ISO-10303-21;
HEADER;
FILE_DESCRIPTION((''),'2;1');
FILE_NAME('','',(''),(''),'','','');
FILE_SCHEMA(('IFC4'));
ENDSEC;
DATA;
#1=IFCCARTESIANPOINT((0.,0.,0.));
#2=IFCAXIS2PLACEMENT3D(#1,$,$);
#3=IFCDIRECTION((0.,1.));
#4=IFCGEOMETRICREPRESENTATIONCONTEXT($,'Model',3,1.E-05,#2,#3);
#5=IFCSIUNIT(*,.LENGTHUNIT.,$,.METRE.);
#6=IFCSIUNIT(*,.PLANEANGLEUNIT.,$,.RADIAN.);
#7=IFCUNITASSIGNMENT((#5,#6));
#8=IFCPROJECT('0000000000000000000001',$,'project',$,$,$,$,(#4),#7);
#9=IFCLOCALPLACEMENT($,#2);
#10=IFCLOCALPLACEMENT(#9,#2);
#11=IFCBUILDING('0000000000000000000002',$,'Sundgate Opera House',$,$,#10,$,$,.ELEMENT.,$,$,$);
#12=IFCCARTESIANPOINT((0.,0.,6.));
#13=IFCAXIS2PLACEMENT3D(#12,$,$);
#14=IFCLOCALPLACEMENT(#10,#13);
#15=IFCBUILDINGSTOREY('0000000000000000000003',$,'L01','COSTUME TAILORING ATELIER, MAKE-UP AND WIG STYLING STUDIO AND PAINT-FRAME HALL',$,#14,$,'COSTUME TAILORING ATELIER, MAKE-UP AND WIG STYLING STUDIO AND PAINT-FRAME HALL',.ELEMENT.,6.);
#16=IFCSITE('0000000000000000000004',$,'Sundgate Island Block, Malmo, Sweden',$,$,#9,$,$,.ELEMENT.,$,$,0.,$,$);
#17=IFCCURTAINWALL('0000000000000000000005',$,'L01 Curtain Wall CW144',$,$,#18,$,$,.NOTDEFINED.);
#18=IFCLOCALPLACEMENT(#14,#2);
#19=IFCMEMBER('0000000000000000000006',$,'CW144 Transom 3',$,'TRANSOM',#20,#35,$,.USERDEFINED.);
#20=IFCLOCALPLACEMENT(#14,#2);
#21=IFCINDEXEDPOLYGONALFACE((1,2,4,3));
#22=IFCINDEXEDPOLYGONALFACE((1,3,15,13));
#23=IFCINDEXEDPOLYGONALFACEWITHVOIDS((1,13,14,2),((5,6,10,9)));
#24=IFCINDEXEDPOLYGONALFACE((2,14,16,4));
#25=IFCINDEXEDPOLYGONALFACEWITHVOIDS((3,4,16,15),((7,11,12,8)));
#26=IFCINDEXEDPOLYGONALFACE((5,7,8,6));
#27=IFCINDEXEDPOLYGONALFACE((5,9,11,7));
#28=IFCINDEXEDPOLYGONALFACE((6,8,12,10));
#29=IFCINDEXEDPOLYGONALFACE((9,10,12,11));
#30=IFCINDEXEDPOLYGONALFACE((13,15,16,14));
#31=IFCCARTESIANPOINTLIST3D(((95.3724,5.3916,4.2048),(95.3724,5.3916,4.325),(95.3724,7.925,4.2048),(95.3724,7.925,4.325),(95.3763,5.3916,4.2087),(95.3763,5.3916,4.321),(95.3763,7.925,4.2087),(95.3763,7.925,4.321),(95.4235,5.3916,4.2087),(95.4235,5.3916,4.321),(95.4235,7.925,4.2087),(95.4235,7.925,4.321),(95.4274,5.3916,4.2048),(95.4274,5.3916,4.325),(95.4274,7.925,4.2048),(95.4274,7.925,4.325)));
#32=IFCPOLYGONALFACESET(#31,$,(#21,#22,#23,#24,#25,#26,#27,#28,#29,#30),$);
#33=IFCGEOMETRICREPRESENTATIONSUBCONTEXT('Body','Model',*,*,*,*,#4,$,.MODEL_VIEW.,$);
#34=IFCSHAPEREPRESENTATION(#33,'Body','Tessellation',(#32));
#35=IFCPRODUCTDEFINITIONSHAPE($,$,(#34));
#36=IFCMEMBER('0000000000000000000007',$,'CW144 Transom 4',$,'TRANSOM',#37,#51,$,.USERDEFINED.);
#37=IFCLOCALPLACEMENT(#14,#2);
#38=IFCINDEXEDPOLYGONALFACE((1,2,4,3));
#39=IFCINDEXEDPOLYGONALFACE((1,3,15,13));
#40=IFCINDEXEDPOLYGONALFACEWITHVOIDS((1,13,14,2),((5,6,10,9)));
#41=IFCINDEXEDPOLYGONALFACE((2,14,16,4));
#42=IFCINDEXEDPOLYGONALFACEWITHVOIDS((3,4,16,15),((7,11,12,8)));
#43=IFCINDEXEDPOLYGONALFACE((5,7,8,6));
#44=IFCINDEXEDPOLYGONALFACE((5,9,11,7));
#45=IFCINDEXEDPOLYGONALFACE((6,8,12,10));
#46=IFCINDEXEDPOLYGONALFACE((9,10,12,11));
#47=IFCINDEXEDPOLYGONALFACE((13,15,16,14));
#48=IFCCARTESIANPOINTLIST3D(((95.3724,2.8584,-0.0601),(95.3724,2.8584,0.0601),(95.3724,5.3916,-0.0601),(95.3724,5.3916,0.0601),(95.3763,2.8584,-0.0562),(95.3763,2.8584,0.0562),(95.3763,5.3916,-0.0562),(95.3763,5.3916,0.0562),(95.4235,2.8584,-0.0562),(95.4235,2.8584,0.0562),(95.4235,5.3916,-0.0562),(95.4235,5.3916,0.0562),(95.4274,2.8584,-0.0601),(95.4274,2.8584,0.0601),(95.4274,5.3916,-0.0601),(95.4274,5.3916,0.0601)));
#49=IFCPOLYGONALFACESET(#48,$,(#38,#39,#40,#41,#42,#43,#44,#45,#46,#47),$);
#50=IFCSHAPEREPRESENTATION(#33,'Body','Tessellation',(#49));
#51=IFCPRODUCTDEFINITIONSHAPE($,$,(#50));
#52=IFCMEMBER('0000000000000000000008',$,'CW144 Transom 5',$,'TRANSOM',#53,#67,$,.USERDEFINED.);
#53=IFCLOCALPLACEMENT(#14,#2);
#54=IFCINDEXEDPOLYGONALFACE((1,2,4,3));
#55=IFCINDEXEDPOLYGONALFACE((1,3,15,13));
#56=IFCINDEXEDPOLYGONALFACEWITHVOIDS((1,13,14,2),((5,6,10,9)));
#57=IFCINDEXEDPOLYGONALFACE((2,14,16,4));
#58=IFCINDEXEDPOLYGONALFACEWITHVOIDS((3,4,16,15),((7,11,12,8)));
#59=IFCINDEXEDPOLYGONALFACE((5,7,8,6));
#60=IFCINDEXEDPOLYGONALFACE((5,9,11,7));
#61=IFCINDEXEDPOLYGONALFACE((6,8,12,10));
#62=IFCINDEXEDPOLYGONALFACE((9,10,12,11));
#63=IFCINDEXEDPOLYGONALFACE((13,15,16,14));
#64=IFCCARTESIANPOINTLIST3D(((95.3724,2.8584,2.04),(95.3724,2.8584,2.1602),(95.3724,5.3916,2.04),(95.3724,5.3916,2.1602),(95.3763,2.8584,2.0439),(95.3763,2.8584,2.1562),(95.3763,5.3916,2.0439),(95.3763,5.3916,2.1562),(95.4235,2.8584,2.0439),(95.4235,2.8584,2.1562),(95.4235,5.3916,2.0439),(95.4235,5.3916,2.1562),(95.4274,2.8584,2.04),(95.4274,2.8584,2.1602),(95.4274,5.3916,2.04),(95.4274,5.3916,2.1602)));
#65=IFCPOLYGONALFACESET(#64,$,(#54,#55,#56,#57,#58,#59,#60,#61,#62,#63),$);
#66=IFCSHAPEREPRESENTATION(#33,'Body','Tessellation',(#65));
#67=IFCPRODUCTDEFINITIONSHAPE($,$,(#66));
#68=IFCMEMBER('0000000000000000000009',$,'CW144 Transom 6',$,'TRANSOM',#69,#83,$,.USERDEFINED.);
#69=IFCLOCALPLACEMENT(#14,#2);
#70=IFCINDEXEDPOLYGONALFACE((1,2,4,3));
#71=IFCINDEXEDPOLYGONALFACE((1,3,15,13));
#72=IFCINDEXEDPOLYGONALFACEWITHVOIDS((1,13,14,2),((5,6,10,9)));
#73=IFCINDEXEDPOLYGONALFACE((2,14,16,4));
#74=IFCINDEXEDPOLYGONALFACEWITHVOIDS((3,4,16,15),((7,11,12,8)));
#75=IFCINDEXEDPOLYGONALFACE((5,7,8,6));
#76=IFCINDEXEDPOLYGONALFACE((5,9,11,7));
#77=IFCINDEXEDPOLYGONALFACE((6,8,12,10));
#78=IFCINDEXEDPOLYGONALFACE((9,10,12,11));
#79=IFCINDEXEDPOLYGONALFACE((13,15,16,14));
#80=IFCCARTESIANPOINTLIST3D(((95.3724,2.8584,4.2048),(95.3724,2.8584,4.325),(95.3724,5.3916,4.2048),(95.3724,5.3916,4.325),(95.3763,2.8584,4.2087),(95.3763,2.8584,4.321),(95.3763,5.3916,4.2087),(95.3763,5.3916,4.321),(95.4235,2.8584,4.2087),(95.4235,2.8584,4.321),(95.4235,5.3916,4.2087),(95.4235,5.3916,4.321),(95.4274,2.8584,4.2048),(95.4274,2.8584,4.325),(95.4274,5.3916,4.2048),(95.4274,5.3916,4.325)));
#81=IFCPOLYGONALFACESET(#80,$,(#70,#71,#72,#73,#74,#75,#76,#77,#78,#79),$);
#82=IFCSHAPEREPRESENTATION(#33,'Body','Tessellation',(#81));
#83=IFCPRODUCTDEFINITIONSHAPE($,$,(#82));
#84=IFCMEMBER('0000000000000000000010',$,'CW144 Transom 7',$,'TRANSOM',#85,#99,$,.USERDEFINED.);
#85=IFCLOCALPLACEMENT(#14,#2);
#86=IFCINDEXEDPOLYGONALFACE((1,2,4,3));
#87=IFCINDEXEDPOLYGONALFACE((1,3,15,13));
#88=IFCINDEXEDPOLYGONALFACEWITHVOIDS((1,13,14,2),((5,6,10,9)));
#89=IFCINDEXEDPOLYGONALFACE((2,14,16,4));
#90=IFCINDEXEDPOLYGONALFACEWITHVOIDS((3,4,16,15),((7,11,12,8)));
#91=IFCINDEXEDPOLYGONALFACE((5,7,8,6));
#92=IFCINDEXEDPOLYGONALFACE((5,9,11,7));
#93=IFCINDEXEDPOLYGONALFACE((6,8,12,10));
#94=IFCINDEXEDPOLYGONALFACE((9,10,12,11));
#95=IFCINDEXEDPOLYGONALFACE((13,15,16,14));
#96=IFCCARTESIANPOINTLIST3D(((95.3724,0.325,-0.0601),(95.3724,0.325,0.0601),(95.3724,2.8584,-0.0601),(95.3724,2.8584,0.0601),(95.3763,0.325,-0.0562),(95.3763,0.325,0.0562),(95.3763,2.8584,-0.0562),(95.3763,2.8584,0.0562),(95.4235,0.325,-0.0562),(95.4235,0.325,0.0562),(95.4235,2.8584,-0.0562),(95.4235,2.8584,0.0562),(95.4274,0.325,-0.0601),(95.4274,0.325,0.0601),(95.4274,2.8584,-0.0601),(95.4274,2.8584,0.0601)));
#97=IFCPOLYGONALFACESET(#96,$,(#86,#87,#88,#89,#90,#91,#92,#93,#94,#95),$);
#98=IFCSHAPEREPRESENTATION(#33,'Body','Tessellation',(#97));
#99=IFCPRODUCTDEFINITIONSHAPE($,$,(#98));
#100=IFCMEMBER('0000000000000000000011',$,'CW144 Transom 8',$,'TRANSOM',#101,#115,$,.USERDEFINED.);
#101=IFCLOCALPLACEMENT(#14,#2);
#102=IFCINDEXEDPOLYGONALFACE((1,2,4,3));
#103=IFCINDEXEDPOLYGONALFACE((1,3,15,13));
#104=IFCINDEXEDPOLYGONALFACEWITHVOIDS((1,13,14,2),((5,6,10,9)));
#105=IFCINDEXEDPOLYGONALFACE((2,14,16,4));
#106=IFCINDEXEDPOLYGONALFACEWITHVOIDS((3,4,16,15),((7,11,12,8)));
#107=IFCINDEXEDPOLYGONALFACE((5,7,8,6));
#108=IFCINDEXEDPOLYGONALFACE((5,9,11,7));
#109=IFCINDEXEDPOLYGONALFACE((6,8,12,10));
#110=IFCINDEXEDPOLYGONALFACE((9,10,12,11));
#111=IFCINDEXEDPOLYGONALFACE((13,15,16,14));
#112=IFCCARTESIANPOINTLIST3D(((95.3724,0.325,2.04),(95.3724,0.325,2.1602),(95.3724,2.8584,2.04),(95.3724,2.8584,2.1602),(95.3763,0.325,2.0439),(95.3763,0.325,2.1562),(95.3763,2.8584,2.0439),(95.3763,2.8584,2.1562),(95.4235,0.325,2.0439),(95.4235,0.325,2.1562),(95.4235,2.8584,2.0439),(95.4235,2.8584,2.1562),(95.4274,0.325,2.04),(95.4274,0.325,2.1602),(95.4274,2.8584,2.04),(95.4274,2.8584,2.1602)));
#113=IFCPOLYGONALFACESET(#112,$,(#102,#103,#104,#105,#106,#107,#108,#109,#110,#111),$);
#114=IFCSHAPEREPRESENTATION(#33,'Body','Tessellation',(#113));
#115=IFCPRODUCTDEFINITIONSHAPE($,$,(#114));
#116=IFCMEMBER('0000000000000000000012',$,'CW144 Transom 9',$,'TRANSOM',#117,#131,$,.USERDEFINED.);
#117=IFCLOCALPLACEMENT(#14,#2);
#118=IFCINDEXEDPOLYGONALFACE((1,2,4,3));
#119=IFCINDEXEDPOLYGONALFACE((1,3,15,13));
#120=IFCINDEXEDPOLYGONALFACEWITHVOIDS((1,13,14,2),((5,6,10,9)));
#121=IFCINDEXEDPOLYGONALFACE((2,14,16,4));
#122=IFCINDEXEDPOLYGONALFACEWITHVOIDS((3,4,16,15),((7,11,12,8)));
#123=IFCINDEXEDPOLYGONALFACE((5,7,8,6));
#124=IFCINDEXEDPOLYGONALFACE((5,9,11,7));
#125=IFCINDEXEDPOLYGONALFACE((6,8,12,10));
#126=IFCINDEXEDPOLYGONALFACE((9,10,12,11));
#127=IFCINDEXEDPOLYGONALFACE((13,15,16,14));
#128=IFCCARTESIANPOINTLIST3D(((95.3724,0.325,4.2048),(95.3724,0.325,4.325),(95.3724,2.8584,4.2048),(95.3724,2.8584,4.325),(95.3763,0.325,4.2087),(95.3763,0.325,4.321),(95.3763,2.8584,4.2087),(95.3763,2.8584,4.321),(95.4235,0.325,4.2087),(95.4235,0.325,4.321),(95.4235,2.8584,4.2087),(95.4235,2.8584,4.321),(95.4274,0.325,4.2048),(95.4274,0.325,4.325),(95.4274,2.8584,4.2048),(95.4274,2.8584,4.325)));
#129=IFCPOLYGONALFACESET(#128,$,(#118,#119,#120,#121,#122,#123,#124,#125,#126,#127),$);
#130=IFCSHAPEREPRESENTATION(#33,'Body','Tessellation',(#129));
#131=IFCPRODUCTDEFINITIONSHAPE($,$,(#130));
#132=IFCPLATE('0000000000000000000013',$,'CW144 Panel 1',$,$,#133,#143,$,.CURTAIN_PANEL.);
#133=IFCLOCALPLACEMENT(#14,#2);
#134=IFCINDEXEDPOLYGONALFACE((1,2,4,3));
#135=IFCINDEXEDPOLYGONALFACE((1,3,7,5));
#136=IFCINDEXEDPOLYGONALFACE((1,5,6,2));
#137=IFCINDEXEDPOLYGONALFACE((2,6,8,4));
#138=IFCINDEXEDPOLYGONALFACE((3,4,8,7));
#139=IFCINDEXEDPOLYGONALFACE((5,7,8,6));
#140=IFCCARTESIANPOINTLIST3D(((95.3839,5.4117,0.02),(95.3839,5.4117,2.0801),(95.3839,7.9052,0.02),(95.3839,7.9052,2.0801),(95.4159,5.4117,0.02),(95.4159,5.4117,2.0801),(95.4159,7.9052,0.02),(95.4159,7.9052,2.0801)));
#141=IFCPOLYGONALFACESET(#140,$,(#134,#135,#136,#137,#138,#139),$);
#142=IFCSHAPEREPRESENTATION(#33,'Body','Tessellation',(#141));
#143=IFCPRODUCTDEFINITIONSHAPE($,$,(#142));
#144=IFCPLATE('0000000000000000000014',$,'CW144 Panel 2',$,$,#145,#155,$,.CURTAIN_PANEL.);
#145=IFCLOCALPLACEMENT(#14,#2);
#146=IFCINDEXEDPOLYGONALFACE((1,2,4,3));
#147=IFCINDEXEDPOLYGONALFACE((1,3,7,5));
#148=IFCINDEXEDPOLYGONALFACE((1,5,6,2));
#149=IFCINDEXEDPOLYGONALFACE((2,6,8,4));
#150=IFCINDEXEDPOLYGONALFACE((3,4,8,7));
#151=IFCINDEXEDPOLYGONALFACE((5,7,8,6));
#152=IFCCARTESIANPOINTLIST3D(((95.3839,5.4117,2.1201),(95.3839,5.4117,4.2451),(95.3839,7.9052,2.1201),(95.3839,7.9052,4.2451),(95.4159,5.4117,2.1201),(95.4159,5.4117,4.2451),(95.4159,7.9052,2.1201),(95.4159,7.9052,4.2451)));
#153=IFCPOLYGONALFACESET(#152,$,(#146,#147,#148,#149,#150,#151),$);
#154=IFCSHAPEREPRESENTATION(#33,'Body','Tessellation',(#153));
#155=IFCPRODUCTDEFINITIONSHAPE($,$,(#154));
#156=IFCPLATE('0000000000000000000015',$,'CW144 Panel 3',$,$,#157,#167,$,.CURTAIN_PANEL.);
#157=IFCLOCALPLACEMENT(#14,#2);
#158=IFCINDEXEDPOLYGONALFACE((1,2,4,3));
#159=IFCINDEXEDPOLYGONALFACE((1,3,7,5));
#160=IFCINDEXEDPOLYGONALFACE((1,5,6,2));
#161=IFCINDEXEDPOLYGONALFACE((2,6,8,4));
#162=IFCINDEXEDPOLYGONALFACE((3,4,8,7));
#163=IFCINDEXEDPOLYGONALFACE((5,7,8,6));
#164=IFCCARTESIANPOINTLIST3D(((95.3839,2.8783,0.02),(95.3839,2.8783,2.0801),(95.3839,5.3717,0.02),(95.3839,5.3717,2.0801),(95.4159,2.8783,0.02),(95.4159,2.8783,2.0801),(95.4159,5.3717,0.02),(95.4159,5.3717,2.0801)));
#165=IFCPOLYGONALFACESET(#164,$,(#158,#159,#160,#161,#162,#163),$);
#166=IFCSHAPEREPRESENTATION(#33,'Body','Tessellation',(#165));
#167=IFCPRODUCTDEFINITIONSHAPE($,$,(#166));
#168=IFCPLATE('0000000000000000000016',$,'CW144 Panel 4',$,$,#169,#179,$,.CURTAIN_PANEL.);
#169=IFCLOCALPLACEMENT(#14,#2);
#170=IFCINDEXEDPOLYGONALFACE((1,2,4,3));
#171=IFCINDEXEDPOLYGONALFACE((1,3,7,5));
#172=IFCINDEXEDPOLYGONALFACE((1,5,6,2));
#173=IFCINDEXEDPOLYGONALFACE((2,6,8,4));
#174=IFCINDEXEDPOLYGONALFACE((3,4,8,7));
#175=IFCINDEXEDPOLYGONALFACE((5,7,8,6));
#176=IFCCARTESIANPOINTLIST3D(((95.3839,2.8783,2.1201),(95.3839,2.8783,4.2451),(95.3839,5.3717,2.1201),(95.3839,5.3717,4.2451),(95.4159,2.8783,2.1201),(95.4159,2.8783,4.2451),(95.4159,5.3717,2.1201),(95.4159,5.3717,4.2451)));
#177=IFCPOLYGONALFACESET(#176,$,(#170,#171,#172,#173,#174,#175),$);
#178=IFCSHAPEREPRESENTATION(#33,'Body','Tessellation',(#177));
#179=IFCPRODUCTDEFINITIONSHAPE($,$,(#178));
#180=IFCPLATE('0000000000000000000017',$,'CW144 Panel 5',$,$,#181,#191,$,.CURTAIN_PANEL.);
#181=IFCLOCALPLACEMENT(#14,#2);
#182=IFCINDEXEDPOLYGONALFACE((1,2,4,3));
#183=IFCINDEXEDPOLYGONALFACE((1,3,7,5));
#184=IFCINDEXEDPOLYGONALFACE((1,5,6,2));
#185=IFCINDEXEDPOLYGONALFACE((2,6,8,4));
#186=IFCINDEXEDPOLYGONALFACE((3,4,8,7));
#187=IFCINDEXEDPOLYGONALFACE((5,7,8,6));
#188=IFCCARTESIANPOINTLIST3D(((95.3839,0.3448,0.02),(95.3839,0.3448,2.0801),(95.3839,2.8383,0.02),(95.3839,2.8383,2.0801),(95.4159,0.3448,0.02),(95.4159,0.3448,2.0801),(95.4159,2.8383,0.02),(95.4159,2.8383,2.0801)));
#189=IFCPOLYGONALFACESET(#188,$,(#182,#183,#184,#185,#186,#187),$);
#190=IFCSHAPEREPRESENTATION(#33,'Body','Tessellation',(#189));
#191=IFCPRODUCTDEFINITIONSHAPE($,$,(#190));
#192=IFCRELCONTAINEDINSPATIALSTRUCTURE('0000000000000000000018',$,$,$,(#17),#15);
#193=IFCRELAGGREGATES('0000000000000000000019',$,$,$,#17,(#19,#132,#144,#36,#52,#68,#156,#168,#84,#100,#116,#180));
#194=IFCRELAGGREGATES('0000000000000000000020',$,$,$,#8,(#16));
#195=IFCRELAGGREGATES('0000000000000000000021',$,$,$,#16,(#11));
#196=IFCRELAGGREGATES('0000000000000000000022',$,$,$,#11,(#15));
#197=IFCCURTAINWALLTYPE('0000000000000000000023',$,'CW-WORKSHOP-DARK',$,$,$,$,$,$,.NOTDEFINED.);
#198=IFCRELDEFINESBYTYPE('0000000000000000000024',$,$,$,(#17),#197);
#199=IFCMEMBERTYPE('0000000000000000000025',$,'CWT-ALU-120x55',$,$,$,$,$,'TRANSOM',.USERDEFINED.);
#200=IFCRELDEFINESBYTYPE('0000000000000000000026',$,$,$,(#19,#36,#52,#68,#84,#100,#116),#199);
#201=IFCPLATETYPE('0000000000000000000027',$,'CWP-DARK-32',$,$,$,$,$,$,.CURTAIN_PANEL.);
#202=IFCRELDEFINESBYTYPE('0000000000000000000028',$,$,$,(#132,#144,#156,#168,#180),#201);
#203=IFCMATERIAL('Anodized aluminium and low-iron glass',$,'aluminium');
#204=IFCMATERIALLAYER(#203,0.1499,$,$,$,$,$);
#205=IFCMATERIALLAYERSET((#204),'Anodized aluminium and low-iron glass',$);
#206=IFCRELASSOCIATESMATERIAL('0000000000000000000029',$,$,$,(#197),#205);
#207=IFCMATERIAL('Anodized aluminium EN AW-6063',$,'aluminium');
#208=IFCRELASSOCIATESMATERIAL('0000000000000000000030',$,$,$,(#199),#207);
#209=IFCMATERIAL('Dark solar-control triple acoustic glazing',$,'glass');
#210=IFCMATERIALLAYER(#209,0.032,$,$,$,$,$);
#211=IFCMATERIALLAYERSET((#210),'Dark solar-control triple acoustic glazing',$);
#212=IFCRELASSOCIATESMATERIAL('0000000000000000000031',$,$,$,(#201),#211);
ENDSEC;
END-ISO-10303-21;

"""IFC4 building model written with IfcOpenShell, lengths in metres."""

from ifc_helpers import new_model, si_unit, direction, frame, origin, origin_2d, place, context, subcontext, project, spatial, rectangle, hollow_rectangle, extrude, material, layer, layer_set, material_profile, profile_set, type_object, element, aggregate, save


model = new_model("IFC4")

# Units and contexts
model_context = context("Model", 3, precision=1e-05, world=origin(), true_north=direction((0.0, 1.0)))
body_context = subcontext(model_context, "Body", "Model", "MODEL_VIEW")
ifc_project = project(units=[si_unit("LENGTHUNIT", "METRE"), si_unit("PLANEANGLEUNIT", "RADIAN")], contexts=[model_context])

# Site, building, storey
site_placement = place(None, origin())
site = spatial("IfcSite", under=ifc_project, at=site_placement, Name="Sundgate Island Block, Malmo, Sweden", CompositionType="ELEMENT", RefElevation=0.0)
building_placement = place(site_placement, origin())
building = spatial("IfcBuilding", under=site, at=building_placement, Name="Sundgate Opera House", CompositionType="ELEMENT")
storey_placement = place(building_placement, frame((0.0, 0.0, 6.0)))
storey = spatial("IfcBuildingStorey", under=building, at=storey_placement, Name="L01", Description="COSTUME TAILORING ATELIER, MAKE-UP AND WIG STYLING STUDIO AND PAINT-FRAME HALL", LongName="COSTUME TAILORING ATELIER, MAKE-UP AND WIG STYLING STUDIO AND PAINT-FRAME HALL", CompositionType="ELEMENT", Elevation=6.0)

# Curtain wall, members, plates
ifc_material_1 = material(Name="Anodized aluminium and low-iron glass", Category="aluminium")
ifc_layer_1 = layer(ifc_material_1, 0.1499)
ifc_layer_set_1 = layer_set([ifc_layer_1], Name="Anodized aluminium and low-iron glass")
curtain_wall_type = type_object("IfcCurtainWallType", Name="CW-WORKSHOP-DARK", PredefinedType="NOTDEFINED", material=ifc_layer_set_1)
curtain_wall_placement = place(storey_placement, origin())
curtain_wall = element("IfcCurtainWall", 1, at=curtain_wall_placement, inside=storey, type_object=curtain_wall_type, Name="L01 Curtain Wall CW144", PredefinedType="NOTDEFINED")
ifc_material_2 = material(Name="Anodized aluminium EN AW-6063", Category="aluminium")
ifc_material_profile_1 = material_profile(ifc_material_2, hollow_rectangle(XDim=0.0549, YDim=0.1201, WallThickness=0.0039, at=origin_2d()), Name="CWT 120x55x4")
ifc_profile_set_1 = profile_set([ifc_material_profile_1], Name="Anodized aluminium EN AW-6063")
member_type_1 = type_object("IfcMemberType", Name="CWT-ALU-120x55", ElementType="TRANSOM", PredefinedType="USERDEFINED", material=ifc_profile_set_1)
member_1_placement = place(storey_placement, frame((95.3999, 7.925, 4.2649), z_axis=(0.0, -1.0, 0.0), x_axis=(1.0, 0.0, 0.0)))
member_1 = element("IfcMember", 2, at=member_1_placement, type_object=member_type_1, Name="CW144 Transom 3", ObjectType="TRANSOM", PredefinedType="USERDEFINED", context=body_context, shape_type="SweptSolid", body=[
    extrude(hollow_rectangle(XDim=0.0549, YDim=0.1201, WallThickness=0.0039, at=origin_2d()), origin(), (0.0, 0.0, 1.0), 2.5334),
])
member_2_placement = place(storey_placement, frame((95.3999, 5.3916, 0.0), z_axis=(0.0, -1.0, 0.0), x_axis=(1.0, 0.0, 0.0)))
member_2 = element("IfcMember", 3, at=member_2_placement, type_object=member_type_1, Name="CW144 Transom 4", ObjectType="TRANSOM", PredefinedType="USERDEFINED", context=body_context, shape_type="SweptSolid", body=[
    extrude(hollow_rectangle(XDim=0.0549, YDim=0.1201, WallThickness=0.0039, at=origin_2d()), origin(), (0.0, 0.0, 1.0), 2.5332),
])
member_3_placement = place(storey_placement, frame((95.3999, 5.3916, 2.1001), z_axis=(0.0, -1.0, 0.0), x_axis=(1.0, 0.0, 0.0)))
member_3 = element("IfcMember", 4, at=member_3_placement, type_object=member_type_1, Name="CW144 Transom 5", ObjectType="TRANSOM", PredefinedType="USERDEFINED", context=body_context, shape_type="SweptSolid", body=[
    extrude(hollow_rectangle(XDim=0.0549, YDim=0.1201, WallThickness=0.0039, at=origin_2d()), origin(), (0.0, 0.0, 1.0), 2.5332),
])
member_4_placement = place(storey_placement, frame((95.3999, 5.3916, 4.2649), z_axis=(0.0, -1.0, 0.0), x_axis=(1.0, 0.0, 0.0)))
member_4 = element("IfcMember", 5, at=member_4_placement, type_object=member_type_1, Name="CW144 Transom 6", ObjectType="TRANSOM", PredefinedType="USERDEFINED", context=body_context, shape_type="SweptSolid", body=[
    extrude(hollow_rectangle(XDim=0.0549, YDim=0.1201, WallThickness=0.0039, at=origin_2d()), origin(), (0.0, 0.0, 1.0), 2.5332),
])
member_5_placement = place(storey_placement, frame((95.3999, 2.8584, 0.0), z_axis=(0.0, -1.0, 0.0), x_axis=(1.0, 0.0, 0.0)))
member_5 = element("IfcMember", 6, at=member_5_placement, type_object=member_type_1, Name="CW144 Transom 7", ObjectType="TRANSOM", PredefinedType="USERDEFINED", context=body_context, shape_type="SweptSolid", body=[
    extrude(hollow_rectangle(XDim=0.0549, YDim=0.1201, WallThickness=0.0039, at=origin_2d()), origin(), (0.0, 0.0, 1.0), 2.5334),
])
member_6_placement = place(storey_placement, frame((95.3999, 2.8584, 2.1001), z_axis=(0.0, -1.0, 0.0), x_axis=(1.0, 0.0, 0.0)))
member_6 = element("IfcMember", 7, at=member_6_placement, type_object=member_type_1, Name="CW144 Transom 8", ObjectType="TRANSOM", PredefinedType="USERDEFINED", context=body_context, shape_type="SweptSolid", body=[
    extrude(hollow_rectangle(XDim=0.0549, YDim=0.1201, WallThickness=0.0039, at=origin_2d()), origin(), (0.0, 0.0, 1.0), 2.5334),
])
member_7_placement = place(storey_placement, frame((95.3999, 2.8584, 4.2649), z_axis=(0.0, -1.0, 0.0), x_axis=(1.0, 0.0, 0.0)))
member_7 = element("IfcMember", 8, at=member_7_placement, type_object=member_type_1, Name="CW144 Transom 9", ObjectType="TRANSOM", PredefinedType="USERDEFINED", context=body_context, shape_type="SweptSolid", body=[
    extrude(hollow_rectangle(XDim=0.0549, YDim=0.1201, WallThickness=0.0039, at=origin_2d()), origin(), (0.0, 0.0, 1.0), 2.5334),
])
ifc_material_3 = material(Name="Dark solar-control triple acoustic glazing", Category="glass")
ifc_layer_2 = layer(ifc_material_3, 0.032)
ifc_layer_set_2 = layer_set([ifc_layer_2], Name="Dark solar-control triple acoustic glazing")
plate_type = type_object("IfcPlateType", Name="CWP-DARK-32", PredefinedType="CURTAIN_PANEL", material=ifc_layer_set_2)
plate_1_placement = place(storey_placement, frame((95.3999, 6.6584, 0.02), z_axis=(0.0, 0.0, 1.0), x_axis=(0.0, -1.0, 0.0)))
plate_1 = element("IfcPlate", 9, at=plate_1_placement, type_object=plate_type, Name="CW144 Panel 1", PredefinedType="CURTAIN_PANEL", context=body_context, shape_type="SweptSolid", body=[
    extrude(rectangle(XDim=2.4934, YDim=0.032, at=origin_2d()), origin(), (0.0, 0.0, 1.0), 2.0601),
])
plate_2_placement = place(storey_placement, frame((95.3999, 6.6584, 2.1201), z_axis=(0.0, 0.0, 1.0), x_axis=(0.0, -1.0, 0.0)))
plate_2 = element("IfcPlate", 10, at=plate_2_placement, type_object=plate_type, Name="CW144 Panel 2", PredefinedType="CURTAIN_PANEL", context=body_context, shape_type="SweptSolid", body=[
    extrude(rectangle(XDim=2.4934, YDim=0.032, at=origin_2d()), origin(), (0.0, 0.0, 1.0), 2.125),
])
plate_3_placement = place(storey_placement, frame((95.3999, 4.125, 0.02), z_axis=(0.0, 0.0, 1.0), x_axis=(0.0, -1.0, 0.0)))
plate_3 = element("IfcPlate", 11, at=plate_3_placement, type_object=plate_type, Name="CW144 Panel 3", PredefinedType="CURTAIN_PANEL", context=body_context, shape_type="SweptSolid", body=[
    extrude(rectangle(XDim=2.4934, YDim=0.032, at=origin_2d()), origin(), (0.0, 0.0, 1.0), 2.0601),
])
plate_4_placement = place(storey_placement, frame((95.3999, 4.125, 2.1201), z_axis=(0.0, 0.0, 1.0), x_axis=(0.0, -1.0, 0.0)))
plate_4 = element("IfcPlate", 12, at=plate_4_placement, type_object=plate_type, Name="CW144 Panel 4", PredefinedType="CURTAIN_PANEL", context=body_context, shape_type="SweptSolid", body=[
    extrude(rectangle(XDim=2.4934, YDim=0.032, at=origin_2d()), origin(), (0.0, 0.0, 1.0), 2.125),
])
plate_5_placement = place(storey_placement, frame((95.3999, 1.5916, 0.02), z_axis=(0.0, 0.0, 1.0), x_axis=(0.0, -1.0, 0.0)))
plate_5 = element("IfcPlate", 13, at=plate_5_placement, type_object=plate_type, Name="CW144 Panel 5", PredefinedType="CURTAIN_PANEL", context=body_context, shape_type="SweptSolid", body=[
    extrude(rectangle(XDim=2.4934, YDim=0.032, at=origin_2d()), origin(), (0.0, 0.0, 1.0), 2.0601),
])
aggregate(curtain_wall, [member_1, plate_1, plate_2, member_2, member_3, member_4, plate_3, plate_4, member_5, member_6, member_7, plate_5])

save(model, "model.ifc")
